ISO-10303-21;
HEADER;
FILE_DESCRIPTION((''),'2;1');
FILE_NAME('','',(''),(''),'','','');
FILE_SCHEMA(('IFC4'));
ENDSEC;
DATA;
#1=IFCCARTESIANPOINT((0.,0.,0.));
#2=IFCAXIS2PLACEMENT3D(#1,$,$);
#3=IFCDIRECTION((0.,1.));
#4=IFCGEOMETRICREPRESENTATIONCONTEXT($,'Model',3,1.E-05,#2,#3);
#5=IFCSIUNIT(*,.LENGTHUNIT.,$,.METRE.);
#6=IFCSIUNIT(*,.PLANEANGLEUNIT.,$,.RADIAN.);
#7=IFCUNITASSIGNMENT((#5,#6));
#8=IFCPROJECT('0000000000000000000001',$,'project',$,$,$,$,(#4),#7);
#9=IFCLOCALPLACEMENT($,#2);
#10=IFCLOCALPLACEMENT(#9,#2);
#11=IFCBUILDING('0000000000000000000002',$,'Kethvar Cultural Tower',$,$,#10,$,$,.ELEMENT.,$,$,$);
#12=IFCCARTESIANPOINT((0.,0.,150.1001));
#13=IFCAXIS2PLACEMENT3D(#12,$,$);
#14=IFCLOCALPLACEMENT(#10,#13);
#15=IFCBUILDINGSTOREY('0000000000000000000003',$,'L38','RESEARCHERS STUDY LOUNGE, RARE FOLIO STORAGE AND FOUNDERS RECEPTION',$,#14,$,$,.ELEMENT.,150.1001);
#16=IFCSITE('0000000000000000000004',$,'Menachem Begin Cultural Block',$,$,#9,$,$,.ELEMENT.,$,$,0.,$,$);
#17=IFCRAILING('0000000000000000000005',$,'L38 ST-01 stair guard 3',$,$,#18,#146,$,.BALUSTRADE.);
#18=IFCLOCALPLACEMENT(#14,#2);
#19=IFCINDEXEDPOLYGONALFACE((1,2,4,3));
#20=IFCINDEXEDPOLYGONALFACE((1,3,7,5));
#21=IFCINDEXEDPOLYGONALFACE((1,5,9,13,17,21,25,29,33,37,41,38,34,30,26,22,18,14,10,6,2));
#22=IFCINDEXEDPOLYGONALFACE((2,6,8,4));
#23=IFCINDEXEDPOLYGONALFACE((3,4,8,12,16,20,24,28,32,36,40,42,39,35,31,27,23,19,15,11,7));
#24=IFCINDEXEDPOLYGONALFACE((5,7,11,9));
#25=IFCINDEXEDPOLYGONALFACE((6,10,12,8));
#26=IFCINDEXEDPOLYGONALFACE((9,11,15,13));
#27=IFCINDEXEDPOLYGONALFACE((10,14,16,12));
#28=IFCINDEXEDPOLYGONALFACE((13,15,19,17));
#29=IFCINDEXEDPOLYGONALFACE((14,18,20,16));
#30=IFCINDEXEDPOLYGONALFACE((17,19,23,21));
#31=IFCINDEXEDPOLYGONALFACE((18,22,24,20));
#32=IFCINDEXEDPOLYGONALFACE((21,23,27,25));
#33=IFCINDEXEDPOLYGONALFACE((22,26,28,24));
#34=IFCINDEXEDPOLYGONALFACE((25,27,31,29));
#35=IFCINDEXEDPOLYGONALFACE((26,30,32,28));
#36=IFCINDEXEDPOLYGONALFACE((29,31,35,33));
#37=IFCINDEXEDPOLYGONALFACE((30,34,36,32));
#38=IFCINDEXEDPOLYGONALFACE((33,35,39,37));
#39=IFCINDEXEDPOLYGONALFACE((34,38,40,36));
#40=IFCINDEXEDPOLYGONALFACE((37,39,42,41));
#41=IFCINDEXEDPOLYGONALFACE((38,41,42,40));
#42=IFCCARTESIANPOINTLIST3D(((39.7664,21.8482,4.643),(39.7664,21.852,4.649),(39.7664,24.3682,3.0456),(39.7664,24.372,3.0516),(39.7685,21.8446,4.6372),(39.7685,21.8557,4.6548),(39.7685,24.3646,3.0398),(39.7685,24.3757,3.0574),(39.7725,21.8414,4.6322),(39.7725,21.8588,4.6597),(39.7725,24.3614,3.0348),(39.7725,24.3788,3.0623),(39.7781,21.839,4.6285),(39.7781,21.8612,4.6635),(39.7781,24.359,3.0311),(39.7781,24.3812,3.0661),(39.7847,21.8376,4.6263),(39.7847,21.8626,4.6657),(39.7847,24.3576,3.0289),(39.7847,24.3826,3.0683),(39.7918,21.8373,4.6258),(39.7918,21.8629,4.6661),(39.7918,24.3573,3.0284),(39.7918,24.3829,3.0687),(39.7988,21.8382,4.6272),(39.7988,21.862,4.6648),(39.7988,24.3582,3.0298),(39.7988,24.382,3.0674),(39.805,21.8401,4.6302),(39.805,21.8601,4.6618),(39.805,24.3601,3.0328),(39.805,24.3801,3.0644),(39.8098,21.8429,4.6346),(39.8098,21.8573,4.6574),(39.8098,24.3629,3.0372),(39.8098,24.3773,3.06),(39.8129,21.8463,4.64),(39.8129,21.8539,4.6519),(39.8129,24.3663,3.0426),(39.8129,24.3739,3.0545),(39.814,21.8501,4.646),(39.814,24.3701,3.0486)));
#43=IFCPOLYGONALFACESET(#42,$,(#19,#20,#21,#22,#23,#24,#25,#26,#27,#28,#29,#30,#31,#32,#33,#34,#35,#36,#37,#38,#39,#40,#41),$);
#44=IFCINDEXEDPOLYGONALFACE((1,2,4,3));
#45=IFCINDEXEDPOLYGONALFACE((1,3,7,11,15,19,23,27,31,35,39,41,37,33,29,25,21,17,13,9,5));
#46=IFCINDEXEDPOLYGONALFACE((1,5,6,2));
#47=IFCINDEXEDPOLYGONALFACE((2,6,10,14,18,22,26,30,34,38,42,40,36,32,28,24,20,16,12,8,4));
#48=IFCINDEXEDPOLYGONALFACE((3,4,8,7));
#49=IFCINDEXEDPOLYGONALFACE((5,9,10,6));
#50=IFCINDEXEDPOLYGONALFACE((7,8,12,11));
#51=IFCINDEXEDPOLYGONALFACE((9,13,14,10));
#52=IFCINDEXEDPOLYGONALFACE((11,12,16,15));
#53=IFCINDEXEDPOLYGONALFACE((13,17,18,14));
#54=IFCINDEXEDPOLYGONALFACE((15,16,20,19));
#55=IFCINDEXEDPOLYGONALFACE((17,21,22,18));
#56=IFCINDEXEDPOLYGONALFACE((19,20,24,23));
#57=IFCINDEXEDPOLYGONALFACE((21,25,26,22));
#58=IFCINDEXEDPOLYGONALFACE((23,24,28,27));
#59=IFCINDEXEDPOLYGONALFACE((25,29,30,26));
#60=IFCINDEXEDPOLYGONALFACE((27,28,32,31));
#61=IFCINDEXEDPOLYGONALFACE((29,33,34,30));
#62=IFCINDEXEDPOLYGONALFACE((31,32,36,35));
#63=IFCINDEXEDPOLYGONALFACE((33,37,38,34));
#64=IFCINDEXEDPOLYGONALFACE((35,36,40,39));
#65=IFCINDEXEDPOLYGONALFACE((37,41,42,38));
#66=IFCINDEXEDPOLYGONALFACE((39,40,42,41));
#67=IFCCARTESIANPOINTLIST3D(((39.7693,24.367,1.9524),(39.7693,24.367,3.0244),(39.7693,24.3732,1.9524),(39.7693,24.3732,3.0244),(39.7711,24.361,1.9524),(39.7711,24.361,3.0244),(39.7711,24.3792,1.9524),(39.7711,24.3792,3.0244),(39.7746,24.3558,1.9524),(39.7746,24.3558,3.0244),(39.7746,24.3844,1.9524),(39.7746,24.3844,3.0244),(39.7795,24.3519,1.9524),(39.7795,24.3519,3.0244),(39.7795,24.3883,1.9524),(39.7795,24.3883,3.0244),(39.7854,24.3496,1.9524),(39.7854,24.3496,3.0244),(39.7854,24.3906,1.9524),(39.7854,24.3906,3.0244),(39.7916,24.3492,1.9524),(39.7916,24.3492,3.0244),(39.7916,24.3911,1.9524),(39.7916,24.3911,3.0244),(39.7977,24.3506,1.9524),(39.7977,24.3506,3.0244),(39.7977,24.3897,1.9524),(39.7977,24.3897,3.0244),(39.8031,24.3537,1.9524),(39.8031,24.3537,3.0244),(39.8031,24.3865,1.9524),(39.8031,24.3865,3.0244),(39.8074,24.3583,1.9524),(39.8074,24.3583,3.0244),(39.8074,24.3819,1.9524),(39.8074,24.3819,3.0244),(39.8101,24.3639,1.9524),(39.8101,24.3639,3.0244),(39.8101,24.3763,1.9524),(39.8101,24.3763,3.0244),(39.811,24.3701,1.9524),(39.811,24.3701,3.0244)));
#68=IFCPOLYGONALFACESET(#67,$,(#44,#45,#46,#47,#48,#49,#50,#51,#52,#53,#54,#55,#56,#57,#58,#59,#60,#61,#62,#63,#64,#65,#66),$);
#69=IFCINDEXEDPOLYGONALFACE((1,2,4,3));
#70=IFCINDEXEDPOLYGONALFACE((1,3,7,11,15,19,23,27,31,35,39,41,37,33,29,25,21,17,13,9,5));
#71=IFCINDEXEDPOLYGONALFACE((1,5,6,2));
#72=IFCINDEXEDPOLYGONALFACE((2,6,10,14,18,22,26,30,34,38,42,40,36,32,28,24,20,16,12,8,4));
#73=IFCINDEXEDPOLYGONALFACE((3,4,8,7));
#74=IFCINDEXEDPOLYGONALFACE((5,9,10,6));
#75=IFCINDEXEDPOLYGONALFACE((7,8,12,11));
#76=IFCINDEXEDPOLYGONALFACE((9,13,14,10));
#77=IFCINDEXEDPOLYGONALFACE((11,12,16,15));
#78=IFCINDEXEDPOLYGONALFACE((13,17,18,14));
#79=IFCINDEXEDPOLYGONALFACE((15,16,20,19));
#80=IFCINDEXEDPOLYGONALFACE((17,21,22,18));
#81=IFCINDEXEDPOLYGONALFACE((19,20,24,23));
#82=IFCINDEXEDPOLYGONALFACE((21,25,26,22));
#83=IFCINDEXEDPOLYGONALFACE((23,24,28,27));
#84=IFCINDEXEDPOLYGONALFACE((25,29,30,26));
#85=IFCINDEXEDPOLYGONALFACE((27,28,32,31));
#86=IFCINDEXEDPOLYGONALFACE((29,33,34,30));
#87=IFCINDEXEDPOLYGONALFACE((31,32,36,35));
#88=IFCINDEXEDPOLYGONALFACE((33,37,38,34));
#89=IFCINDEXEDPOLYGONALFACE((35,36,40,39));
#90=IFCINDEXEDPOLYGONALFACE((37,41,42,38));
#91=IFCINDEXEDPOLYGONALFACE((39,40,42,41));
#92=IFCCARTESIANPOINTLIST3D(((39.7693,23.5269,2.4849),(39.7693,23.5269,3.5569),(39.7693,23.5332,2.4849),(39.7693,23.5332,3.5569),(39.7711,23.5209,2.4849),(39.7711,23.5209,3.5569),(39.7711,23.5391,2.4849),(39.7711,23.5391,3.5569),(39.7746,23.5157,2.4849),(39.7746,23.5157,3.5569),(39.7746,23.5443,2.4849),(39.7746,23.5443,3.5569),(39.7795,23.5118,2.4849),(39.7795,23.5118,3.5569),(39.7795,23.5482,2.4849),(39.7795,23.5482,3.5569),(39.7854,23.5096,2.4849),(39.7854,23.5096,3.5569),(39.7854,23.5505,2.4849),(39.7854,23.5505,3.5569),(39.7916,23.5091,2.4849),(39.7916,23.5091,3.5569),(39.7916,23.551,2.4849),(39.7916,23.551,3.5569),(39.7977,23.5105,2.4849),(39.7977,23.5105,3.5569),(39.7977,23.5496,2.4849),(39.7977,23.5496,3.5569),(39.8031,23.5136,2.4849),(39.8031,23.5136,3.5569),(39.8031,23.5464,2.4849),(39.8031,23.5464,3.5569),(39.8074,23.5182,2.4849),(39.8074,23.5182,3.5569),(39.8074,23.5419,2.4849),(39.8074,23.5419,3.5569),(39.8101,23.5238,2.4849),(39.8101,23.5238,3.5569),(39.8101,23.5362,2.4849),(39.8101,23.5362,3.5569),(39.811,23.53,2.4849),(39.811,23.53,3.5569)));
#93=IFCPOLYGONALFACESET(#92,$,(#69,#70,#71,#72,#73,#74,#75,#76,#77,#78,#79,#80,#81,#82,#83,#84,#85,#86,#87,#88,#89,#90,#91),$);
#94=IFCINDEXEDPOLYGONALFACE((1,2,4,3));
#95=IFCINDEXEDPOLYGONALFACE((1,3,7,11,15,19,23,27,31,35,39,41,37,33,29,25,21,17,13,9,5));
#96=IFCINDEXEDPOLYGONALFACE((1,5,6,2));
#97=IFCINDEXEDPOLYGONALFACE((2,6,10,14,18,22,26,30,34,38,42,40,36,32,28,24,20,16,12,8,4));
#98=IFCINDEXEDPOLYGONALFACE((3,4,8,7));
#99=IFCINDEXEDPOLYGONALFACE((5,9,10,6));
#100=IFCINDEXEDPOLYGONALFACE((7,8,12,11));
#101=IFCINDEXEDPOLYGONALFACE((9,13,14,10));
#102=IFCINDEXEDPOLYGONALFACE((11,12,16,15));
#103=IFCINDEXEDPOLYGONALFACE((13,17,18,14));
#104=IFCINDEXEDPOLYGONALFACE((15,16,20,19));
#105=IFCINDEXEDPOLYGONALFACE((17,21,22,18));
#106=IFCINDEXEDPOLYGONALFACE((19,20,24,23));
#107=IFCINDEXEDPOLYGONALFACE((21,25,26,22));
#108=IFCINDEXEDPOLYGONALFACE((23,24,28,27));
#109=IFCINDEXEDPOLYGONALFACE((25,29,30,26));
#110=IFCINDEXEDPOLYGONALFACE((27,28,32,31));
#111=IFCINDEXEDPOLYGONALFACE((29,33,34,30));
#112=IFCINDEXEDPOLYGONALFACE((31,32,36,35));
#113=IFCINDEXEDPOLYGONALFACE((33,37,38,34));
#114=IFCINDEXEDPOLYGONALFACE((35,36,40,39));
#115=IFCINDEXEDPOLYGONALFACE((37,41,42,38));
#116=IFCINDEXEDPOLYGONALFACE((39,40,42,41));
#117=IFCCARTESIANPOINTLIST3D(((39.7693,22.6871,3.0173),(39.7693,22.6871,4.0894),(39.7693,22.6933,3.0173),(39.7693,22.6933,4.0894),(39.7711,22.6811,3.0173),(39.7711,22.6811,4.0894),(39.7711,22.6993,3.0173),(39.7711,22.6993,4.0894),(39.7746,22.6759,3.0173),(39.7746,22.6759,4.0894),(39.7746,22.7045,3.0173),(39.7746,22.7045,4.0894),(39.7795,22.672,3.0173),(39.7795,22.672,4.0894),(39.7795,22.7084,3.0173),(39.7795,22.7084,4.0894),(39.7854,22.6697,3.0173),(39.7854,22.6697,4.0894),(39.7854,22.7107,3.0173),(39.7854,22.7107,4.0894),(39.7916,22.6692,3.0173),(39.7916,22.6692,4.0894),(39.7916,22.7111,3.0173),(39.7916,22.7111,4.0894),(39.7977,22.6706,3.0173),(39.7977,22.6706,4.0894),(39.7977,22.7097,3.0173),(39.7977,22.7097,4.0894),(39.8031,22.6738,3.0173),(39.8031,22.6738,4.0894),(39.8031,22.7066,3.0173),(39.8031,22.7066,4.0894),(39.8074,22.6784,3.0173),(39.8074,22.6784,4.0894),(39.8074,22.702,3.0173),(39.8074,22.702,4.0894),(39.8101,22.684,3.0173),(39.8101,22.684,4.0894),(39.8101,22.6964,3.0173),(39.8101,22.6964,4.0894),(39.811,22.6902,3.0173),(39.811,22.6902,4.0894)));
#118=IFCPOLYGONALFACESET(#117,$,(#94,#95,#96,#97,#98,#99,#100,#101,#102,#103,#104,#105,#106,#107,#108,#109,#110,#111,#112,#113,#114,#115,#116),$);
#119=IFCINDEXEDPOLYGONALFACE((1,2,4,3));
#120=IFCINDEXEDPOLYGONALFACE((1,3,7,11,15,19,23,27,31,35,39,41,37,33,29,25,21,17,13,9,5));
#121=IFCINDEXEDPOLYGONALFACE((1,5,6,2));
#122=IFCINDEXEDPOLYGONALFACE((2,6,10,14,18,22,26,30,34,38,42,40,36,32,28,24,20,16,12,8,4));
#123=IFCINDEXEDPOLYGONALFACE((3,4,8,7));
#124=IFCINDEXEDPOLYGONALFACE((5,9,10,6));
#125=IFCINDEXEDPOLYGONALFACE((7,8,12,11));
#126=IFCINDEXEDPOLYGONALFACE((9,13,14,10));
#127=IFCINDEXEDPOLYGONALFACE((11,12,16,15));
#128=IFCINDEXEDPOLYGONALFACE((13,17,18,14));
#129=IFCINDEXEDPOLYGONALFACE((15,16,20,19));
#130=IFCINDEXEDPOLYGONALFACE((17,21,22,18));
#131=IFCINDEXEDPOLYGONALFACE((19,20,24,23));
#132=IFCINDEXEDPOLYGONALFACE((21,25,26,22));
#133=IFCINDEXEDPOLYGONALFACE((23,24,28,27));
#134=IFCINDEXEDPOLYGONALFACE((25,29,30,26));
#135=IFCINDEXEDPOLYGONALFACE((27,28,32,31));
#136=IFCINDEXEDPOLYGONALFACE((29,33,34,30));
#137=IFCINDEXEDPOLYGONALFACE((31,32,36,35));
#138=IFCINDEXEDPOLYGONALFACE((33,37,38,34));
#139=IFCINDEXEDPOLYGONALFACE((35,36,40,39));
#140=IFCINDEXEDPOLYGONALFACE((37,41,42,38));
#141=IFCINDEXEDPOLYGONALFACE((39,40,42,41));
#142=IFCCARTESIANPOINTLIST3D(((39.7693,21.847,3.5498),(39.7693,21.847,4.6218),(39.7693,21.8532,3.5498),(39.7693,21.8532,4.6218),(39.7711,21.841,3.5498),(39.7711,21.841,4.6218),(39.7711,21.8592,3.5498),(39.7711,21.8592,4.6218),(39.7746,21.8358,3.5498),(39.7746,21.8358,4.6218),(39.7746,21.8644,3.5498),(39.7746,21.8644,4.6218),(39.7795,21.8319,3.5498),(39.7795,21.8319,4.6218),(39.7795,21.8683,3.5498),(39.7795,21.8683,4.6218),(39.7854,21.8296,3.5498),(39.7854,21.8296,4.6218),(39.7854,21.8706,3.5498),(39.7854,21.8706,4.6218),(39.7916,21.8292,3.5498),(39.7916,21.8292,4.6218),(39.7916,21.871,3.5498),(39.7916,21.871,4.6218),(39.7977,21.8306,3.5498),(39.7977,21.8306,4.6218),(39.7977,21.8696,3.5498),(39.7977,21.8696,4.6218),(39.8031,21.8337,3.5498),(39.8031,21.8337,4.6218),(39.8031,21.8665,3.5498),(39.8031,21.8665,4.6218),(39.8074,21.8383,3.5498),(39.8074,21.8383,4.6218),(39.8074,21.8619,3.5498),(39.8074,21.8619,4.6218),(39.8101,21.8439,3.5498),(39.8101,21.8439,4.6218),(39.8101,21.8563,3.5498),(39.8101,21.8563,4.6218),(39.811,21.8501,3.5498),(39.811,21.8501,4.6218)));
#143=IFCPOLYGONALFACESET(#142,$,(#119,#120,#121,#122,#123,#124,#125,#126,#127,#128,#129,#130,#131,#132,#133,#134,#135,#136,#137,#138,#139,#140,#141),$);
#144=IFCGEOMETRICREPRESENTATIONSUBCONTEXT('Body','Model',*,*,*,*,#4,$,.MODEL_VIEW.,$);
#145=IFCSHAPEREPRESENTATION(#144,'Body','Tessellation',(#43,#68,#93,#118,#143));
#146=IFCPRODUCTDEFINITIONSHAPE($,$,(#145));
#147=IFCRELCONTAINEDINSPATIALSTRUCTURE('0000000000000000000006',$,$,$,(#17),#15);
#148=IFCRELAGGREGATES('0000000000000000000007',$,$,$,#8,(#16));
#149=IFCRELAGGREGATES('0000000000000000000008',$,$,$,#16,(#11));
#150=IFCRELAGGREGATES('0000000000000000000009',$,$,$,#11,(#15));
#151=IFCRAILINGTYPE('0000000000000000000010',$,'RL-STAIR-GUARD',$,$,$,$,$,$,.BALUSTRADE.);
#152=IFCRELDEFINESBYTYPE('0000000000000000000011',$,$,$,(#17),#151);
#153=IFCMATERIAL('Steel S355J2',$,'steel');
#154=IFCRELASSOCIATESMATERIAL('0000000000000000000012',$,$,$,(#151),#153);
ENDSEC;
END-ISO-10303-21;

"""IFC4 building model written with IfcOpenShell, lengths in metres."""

from ifc_helpers import new_model, si_unit, direction, frame, origin, origin_2d, place, context, subcontext, project, spatial, circle, extrude, material, type_object, element, save


model = new_model("IFC4")

# Units and contexts
model_context = context("Model", 3, precision=1e-05, world=origin(), true_north=direction((0.0, 1.0)))
body_context = subcontext(model_context, "Body", "Model", "MODEL_VIEW")
ifc_project = project(units=[si_unit("LENGTHUNIT", "METRE"), si_unit("PLANEANGLEUNIT", "RADIAN")], contexts=[model_context])

# Site, building, storey
site_placement = place(None, origin())
site = spatial("IfcSite", under=ifc_project, at=site_placement, Name="Menachem Begin Cultural Block", CompositionType="ELEMENT", RefElevation=0.0)
building_placement = place(site_placement, origin())
building = spatial("IfcBuilding", under=site, at=building_placement, Name="Kethvar Cultural Tower", CompositionType="ELEMENT")
storey_placement = place(building_placement, frame((0.0, 0.0, 150.1001)))
storey = spatial("IfcBuildingStorey", under=building, at=storey_placement, Name="L38", Description="RESEARCHERS STUDY LOUNGE, RARE FOLIO STORAGE AND FOUNDERS RECEPTION", CompositionType="ELEMENT", Elevation=150.1001)

# Shared definitions
ifc_material_1 = material(Name="Steel S355J2", Category="steel")

# Railing
railing_type_1 = type_object("IfcRailingType", Name="RL-STAIR-GUARD", PredefinedType="BALUSTRADE", material=ifc_material_1)
railing_1_placement = place(storey_placement, frame((39.79, 24.3701, 1.9524)))
element("IfcRailing", 1, at=railing_1_placement, inside=storey, type_object=railing_type_1, Name="L38 ST-01 stair guard 3", PredefinedType="BALUSTRADE", context=body_context, shape_type="SweptSolid", body=[
    extrude(circle(Radius=0.0239, at=origin_2d()), frame((0.0, 0.0, 1.0962), z_axis=(0.0, -0.844607, 0.535387), x_axis=(1.0, 0.0, 0.0)), (0.0, 0.0, 1.0), 2.9836),
    extrude(circle(Radius=0.021, at=origin_2d()), origin(), (0.0, 0.0, 1.0), 1.072),
    extrude(circle(Radius=0.021, at=origin_2d()), frame((0.0, -0.8401, 0.5325)), (0.0, 0.0, 1.0), 1.072),
    extrude(circle(Radius=0.021, at=origin_2d()), frame((0.0, -1.6799, 1.0649)), (0.0, 0.0, 1.0), 1.072),
    extrude(circle(Radius=0.021, at=origin_2d()), frame((0.0, -2.52, 1.5974)), (0.0, 0.0, 1.0), 1.072),
])

save(model, "model.ifc")
